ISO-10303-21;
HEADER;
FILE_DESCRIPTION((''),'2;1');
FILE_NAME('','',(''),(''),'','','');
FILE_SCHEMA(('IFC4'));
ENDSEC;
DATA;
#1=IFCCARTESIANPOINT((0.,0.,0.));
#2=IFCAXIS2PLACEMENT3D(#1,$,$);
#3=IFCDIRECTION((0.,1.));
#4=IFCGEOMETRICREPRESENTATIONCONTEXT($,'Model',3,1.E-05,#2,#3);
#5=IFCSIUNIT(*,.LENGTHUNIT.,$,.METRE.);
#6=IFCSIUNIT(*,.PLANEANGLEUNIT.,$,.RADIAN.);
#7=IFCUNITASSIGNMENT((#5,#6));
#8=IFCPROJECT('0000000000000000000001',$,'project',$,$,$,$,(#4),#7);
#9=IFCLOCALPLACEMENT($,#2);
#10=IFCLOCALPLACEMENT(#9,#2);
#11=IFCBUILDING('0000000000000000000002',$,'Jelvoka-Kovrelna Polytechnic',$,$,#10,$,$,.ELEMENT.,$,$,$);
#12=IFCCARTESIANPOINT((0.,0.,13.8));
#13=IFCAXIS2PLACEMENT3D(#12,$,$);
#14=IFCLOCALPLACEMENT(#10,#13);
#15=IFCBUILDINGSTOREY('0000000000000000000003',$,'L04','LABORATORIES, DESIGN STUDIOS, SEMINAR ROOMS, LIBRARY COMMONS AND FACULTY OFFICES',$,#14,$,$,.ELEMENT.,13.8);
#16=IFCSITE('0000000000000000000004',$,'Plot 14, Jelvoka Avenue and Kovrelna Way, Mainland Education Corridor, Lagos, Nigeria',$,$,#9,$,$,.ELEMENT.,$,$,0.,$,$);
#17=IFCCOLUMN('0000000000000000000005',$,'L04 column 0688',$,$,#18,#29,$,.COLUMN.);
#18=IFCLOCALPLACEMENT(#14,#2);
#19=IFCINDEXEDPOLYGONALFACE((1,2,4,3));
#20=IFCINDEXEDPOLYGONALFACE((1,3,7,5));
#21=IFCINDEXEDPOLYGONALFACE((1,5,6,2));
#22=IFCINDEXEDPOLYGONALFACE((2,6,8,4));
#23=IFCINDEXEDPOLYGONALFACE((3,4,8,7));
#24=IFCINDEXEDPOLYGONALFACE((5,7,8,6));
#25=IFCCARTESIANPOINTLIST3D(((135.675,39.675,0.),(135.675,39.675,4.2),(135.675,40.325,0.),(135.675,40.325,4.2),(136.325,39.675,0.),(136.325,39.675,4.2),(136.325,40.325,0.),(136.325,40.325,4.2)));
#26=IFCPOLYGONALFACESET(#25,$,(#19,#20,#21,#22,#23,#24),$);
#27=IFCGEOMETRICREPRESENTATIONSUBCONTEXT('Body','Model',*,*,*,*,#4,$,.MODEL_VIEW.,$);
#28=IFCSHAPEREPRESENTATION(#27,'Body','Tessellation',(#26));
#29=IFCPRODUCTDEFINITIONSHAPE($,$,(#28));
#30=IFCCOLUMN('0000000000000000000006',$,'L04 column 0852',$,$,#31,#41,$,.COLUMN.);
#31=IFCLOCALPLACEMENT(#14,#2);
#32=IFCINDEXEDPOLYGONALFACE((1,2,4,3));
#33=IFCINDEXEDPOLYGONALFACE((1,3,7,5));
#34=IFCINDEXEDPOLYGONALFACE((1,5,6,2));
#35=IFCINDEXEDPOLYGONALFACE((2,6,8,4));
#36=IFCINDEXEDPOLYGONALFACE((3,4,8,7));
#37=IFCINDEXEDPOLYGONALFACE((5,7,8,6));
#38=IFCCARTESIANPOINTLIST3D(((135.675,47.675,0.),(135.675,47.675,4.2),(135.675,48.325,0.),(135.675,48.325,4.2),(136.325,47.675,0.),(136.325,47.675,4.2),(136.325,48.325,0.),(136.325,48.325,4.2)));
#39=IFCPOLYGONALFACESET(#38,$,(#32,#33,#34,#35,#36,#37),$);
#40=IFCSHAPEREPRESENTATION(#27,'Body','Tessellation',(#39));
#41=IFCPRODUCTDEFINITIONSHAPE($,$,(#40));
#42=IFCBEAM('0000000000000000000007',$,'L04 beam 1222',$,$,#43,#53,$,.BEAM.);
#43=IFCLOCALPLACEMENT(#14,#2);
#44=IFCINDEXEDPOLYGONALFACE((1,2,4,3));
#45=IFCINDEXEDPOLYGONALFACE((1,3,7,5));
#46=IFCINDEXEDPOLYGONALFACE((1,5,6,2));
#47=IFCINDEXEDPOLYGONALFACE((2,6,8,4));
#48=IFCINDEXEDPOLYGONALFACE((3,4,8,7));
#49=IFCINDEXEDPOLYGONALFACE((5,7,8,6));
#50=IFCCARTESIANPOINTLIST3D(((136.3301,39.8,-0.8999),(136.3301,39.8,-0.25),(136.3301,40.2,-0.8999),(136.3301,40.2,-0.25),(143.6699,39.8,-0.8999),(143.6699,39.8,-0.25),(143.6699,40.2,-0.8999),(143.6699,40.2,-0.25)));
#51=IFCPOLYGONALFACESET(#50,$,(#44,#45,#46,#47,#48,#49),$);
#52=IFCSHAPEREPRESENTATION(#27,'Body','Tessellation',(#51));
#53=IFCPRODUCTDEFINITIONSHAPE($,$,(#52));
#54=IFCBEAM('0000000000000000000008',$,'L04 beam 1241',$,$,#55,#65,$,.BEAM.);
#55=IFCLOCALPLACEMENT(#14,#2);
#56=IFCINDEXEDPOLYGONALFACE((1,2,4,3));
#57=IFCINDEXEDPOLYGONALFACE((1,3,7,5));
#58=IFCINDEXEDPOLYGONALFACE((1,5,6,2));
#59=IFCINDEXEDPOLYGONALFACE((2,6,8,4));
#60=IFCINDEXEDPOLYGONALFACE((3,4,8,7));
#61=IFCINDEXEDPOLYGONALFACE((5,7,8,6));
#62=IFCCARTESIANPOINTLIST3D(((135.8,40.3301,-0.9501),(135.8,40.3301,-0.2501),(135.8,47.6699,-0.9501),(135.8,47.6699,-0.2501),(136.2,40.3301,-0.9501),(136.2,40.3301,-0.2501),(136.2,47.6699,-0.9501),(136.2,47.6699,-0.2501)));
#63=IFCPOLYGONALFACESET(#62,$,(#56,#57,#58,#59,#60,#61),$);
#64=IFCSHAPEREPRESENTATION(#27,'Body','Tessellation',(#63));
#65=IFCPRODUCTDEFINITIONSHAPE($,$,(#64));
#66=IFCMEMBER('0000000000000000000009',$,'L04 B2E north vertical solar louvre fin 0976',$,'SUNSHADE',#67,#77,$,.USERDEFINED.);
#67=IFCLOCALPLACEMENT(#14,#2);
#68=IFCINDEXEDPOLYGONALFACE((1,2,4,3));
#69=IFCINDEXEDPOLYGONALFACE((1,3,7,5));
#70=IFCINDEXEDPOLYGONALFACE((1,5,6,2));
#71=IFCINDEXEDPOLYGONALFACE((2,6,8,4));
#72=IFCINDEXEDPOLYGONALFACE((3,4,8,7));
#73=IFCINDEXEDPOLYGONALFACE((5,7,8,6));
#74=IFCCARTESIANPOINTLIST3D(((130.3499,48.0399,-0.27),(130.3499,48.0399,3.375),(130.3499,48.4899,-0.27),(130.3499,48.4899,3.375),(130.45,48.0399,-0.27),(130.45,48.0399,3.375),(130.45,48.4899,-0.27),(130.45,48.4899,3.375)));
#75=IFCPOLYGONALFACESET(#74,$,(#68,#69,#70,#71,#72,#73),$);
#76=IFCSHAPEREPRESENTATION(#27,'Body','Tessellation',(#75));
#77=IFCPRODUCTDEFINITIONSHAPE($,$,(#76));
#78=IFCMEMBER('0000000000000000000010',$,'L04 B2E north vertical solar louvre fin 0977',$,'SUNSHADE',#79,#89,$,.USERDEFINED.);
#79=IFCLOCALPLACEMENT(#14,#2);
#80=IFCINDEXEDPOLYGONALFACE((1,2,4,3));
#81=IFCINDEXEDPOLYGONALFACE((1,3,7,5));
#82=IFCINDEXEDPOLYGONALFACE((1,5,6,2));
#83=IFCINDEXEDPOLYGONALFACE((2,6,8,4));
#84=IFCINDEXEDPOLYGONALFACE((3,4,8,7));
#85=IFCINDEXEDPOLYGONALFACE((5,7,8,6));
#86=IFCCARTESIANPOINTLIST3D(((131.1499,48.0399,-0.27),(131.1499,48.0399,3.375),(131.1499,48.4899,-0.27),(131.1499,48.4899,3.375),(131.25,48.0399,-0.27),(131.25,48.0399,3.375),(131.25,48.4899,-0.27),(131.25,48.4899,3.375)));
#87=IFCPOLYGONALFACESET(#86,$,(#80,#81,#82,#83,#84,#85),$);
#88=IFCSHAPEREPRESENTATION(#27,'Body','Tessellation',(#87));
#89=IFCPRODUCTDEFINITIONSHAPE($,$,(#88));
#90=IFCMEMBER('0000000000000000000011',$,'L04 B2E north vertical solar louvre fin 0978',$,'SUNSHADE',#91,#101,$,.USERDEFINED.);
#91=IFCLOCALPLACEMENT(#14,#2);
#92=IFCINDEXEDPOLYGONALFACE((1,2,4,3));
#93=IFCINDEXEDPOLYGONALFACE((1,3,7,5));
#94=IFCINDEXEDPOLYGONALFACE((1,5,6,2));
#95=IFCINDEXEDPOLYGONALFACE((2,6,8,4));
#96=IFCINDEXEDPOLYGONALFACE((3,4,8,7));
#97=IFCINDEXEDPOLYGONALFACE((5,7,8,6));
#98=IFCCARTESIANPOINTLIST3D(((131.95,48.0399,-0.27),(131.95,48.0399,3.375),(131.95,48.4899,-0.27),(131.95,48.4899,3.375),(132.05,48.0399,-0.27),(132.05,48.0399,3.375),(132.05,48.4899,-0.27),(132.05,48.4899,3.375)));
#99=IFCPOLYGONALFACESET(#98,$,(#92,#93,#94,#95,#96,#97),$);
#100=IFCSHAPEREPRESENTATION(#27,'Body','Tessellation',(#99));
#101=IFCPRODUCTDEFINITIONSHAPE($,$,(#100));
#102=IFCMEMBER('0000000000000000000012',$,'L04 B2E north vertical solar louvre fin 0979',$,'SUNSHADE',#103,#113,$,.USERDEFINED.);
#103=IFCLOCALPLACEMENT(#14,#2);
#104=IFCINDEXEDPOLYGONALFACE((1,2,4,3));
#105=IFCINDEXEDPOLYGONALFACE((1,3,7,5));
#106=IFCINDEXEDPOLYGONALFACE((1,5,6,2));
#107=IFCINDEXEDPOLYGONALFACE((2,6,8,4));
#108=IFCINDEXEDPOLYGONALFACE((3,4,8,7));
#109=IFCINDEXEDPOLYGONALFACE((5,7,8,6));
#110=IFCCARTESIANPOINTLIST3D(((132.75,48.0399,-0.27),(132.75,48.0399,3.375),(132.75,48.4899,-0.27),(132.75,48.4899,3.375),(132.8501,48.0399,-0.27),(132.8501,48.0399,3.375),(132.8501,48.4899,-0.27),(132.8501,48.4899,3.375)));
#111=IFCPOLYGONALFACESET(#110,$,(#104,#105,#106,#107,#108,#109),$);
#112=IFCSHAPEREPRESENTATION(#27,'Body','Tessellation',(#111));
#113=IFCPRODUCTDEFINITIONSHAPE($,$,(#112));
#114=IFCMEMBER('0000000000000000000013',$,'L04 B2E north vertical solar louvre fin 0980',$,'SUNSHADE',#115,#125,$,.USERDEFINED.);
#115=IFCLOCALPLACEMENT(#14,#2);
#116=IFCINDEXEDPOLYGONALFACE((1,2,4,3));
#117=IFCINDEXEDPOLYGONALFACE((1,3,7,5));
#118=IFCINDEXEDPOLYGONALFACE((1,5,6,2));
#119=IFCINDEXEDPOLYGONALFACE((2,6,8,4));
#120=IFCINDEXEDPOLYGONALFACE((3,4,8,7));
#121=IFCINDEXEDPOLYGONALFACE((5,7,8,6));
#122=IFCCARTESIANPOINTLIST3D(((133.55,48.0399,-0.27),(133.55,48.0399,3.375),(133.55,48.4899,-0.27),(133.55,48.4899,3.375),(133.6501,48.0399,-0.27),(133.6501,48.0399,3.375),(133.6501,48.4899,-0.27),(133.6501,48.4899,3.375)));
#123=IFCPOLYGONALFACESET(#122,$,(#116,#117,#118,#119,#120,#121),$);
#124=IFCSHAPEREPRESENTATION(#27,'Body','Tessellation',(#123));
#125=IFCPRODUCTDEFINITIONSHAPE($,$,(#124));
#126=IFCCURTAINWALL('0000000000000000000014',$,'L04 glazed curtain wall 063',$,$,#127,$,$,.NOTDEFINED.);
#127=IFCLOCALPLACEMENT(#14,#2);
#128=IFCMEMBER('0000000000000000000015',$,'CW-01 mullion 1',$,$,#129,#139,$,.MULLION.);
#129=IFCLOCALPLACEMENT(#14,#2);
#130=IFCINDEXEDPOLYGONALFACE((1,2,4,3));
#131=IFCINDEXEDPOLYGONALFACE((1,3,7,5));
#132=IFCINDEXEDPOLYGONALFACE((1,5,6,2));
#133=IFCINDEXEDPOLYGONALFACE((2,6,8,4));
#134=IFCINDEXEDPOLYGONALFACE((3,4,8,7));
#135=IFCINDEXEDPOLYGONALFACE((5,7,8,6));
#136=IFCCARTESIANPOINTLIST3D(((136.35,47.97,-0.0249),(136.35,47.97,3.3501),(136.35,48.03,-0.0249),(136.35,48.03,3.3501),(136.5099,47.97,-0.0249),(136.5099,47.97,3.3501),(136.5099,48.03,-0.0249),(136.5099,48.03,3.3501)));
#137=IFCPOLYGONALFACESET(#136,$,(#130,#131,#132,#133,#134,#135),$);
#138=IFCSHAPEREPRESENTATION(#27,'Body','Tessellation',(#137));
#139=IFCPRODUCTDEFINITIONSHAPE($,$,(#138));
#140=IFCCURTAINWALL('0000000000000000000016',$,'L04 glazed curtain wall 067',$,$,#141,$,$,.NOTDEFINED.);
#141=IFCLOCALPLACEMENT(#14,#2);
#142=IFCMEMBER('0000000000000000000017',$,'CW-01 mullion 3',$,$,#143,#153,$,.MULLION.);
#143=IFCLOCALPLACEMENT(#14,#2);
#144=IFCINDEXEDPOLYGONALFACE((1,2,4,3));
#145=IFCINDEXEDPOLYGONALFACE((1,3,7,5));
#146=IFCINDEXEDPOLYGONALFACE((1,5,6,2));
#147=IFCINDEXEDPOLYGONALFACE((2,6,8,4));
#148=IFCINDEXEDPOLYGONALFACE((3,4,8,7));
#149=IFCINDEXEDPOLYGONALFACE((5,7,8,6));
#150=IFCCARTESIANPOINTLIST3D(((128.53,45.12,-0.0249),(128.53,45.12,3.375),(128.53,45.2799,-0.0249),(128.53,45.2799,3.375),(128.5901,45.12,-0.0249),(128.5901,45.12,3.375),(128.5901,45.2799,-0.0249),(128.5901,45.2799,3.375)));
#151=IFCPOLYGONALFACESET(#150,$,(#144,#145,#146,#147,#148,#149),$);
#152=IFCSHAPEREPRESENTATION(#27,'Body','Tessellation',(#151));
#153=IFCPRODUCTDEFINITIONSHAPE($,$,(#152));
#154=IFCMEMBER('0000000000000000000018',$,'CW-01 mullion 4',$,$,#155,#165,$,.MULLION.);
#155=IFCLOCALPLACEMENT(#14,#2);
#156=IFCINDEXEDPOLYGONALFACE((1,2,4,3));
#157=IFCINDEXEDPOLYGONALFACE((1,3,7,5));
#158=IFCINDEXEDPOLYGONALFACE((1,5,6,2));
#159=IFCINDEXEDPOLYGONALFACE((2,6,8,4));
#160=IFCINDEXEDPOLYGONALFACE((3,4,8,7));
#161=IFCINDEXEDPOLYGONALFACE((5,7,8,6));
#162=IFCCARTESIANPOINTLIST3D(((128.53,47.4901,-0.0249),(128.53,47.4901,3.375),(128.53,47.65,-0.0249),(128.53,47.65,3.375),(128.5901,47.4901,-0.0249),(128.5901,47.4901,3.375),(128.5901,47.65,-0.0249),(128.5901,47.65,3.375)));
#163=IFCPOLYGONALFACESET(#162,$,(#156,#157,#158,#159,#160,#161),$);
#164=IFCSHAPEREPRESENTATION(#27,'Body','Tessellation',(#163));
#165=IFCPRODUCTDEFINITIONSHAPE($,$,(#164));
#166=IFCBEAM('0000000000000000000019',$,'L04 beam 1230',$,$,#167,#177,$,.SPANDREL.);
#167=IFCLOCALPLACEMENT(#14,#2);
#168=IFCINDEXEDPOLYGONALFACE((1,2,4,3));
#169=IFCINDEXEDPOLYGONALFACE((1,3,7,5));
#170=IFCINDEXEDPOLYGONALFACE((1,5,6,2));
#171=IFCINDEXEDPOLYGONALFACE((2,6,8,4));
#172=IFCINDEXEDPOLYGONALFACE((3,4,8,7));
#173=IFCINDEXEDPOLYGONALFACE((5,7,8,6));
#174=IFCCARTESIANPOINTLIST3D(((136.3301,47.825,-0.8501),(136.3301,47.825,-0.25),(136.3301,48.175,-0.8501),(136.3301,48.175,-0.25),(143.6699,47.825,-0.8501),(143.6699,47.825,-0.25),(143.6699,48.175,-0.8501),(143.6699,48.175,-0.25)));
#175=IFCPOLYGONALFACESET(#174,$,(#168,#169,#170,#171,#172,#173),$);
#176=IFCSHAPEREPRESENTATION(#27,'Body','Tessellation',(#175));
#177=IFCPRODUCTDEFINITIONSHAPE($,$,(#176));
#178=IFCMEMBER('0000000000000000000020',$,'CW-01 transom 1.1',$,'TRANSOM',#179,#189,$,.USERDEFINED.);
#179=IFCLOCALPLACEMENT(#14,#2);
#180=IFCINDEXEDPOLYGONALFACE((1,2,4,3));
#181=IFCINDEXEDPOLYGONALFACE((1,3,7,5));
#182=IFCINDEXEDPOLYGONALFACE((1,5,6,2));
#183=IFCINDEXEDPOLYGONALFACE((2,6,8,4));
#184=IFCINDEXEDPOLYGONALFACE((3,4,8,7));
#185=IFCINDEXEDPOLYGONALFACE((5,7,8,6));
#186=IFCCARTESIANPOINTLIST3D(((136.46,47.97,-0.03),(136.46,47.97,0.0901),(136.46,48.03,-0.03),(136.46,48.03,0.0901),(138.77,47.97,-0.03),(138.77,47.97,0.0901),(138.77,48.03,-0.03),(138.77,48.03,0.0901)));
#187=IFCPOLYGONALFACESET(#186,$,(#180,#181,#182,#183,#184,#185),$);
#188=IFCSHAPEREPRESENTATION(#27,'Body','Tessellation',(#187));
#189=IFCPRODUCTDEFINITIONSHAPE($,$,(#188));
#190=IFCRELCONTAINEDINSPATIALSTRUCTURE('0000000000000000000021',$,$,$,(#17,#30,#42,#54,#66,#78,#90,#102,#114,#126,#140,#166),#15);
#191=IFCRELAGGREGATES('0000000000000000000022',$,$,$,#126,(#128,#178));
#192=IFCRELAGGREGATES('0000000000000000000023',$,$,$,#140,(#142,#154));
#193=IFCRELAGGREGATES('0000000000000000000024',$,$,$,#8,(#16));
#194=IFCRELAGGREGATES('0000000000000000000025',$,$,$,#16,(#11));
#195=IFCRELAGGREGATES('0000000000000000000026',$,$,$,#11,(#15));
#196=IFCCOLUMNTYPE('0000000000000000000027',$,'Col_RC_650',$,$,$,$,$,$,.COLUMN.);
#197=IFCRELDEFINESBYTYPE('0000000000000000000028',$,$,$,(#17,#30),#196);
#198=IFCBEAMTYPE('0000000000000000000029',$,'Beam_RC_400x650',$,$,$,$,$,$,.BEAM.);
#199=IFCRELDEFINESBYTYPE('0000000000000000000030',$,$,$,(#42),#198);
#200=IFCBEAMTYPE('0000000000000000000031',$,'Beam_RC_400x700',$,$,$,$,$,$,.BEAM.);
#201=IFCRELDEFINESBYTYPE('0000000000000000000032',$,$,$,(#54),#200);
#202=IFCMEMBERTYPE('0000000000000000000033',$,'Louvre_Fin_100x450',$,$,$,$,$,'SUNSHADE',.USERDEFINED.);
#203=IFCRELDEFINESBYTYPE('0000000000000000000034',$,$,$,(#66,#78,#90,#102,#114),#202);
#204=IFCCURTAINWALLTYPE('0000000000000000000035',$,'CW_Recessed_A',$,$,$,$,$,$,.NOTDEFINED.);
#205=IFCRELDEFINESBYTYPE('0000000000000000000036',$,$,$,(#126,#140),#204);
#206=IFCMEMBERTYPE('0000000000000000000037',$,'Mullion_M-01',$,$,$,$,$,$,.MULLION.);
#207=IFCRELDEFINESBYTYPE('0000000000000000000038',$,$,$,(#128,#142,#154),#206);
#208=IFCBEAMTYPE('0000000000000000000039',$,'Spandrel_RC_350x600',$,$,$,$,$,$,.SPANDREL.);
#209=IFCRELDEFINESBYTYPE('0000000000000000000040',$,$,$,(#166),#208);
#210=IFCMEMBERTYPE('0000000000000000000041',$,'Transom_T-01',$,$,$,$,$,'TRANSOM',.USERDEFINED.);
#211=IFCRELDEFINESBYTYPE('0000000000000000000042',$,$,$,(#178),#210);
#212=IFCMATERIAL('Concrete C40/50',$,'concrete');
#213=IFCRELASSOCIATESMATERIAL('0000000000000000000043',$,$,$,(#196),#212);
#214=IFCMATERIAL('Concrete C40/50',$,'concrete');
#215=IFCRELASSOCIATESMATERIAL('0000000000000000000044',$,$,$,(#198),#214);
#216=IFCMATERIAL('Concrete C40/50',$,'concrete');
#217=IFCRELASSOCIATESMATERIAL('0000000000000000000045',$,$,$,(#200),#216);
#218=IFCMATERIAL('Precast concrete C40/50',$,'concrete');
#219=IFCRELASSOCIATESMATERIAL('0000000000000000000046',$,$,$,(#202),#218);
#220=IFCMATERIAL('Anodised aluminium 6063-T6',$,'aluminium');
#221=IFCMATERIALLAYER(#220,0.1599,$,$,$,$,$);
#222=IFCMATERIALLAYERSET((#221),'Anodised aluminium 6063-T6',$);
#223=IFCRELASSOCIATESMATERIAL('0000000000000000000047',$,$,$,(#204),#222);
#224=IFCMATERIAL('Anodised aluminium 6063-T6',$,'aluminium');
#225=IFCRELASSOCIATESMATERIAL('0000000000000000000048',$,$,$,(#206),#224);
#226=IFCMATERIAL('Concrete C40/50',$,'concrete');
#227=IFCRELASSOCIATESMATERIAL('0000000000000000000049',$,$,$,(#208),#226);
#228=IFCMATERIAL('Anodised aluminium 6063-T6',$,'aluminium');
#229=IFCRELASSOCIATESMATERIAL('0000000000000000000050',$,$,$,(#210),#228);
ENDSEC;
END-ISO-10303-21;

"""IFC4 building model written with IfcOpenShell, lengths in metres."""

from ifc_helpers import new_model, si_unit, direction, frame, origin, origin_2d, place, context, subcontext, project, spatial, rectangle, extrude, material, layer, layer_set, material_profile, profile_set, type_object, element, aggregate, save


model = new_model("IFC4")

# Units and contexts
model_context = context("Model", 3, precision=1e-05, world=origin(), true_north=direction((0.0, 1.0)))
body_context = subcontext(model_context, "Body", "Model", "MODEL_VIEW")
ifc_project = project(units=[si_unit("LENGTHUNIT", "METRE"), si_unit("PLANEANGLEUNIT", "RADIAN")], contexts=[model_context])

# Site, building, storey
site_placement = place(None, origin())
site = spatial("IfcSite", under=ifc_project, at=site_placement, Name="Plot 14, Jelvoka Avenue and Kovrelna Way, Mainland Education Corridor, Lagos, Nigeria", CompositionType="ELEMENT", RefElevation=0.0)
building_placement = place(site_placement, origin())
building = spatial("IfcBuilding", under=site, at=building_placement, Name="Jelvoka-Kovrelna Polytechnic", CompositionType="ELEMENT")
storey_placement = place(building_placement, frame((0.0, 0.0, 13.8)))
storey = spatial("IfcBuildingStorey", under=building, at=storey_placement, Name="L04", Description="LABORATORIES, DESIGN STUDIOS, SEMINAR ROOMS, LIBRARY COMMONS AND FACULTY OFFICES", CompositionType="ELEMENT", Elevation=13.8)

# Columns
ifc_material_1 = material(Name="Concrete C40/50", Category="concrete")
ifc_material_profile_1 = material_profile(ifc_material_1, rectangle(XDim=0.6499, YDim=0.6499, at=origin_2d()), Name="RC 650x650")
ifc_profile_set_1 = profile_set([ifc_material_profile_1], Name="Concrete C40/50")
column_type = type_object("IfcColumnType", Name="Col_RC_650", PredefinedType="COLUMN", material=ifc_profile_set_1)
for number, where, z_axis, x_axis, name in (
    (1, (136.0, 40.0, 0.0), (0.0, 0.0, 1.0), (1.0, 0.0, 0.0), "L04 column 0688"),
    (2, (136.0, 48.0, 0.0), (0.0, 0.0, 1.0), (1.0, 0.0, 0.0), "L04 column 0852"),
):
    element("IfcColumn", number, at=place(storey_placement, frame(where, z_axis=z_axis, x_axis=x_axis)), inside=storey, type_object=column_type, Name=name, PredefinedType="COLUMN", context=body_context, shape_type="SweptSolid", body=[
        extrude(rectangle(XDim=0.6499, YDim=0.6499, at=origin_2d()), origin(), (0.0, 0.0, 1.0), 4.2),
    ])

# Beams
ifc_material_2 = material(Name="Concrete C40/50", Category="concrete")
ifc_material_profile_2 = material_profile(ifc_material_2, rectangle(XDim=0.3999, YDim=0.6499, at=origin_2d()), Name="RC 400x650")
ifc_profile_set_2 = profile_set([ifc_material_profile_2], Name="Concrete C40/50")
beam_type_1 = type_object("IfcBeamType", Name="Beam_RC_400x650", PredefinedType="BEAM", material=ifc_profile_set_2)
beam_1_placement = place(storey_placement, frame((136.3301, 40.0, -0.575), z_axis=(1.0, 0.0, 0.0), x_axis=(0.0, 1.0, 0.0)))
element("IfcBeam", 3, at=beam_1_placement, inside=storey, type_object=beam_type_1, Name="L04 beam 1222", PredefinedType="BEAM", context=body_context, shape_type="SweptSolid", body=[
    extrude(rectangle(XDim=0.3999, YDim=0.6499, at=origin_2d()), origin(), (0.0, 0.0, 1.0), 7.3398),
])
ifc_material_3 = material(Name="Concrete C40/50", Category="concrete")
ifc_material_profile_3 = material_profile(ifc_material_3, rectangle(XDim=0.3999, YDim=0.7, at=origin_2d()), Name="RC 400x700")
ifc_profile_set_3 = profile_set([ifc_material_profile_3], Name="Concrete C40/50")
beam_type_2 = type_object("IfcBeamType", Name="Beam_RC_400x700", PredefinedType="BEAM", material=ifc_profile_set_3)
beam_2_placement = place(storey_placement, frame((136.0, 40.3301, -0.6001), z_axis=(0.0, 1.0, 0.0), x_axis=(-1.0, 0.0, 0.0)))
element("IfcBeam", 4, at=beam_2_placement, inside=storey, type_object=beam_type_2, Name="L04 beam 1241", PredefinedType="BEAM", context=body_context, shape_type="SweptSolid", body=[
    extrude(rectangle(XDim=0.3999, YDim=0.7, at=origin_2d()), origin(), (0.0, 0.0, 1.0), 7.3398),
])

# Members
ifc_material_4 = material(Name="Precast concrete C40/50", Category="concrete")
ifc_material_profile_4 = material_profile(ifc_material_4, rectangle(XDim=0.1001, YDim=0.45, at=origin_2d()), Name="PC 100x450")
ifc_profile_set_4 = profile_set([ifc_material_profile_4], Name="Precast concrete C40/50")
member_type_1 = type_object("IfcMemberType", Name="Louvre_Fin_100x450", ElementType="SUNSHADE", PredefinedType="USERDEFINED", material=ifc_profile_set_4)
for number, where, z_axis, x_axis, name in (
    (5, (130.3999, 48.2649, -0.27), (0.0, 0.0, 1.0), (1.0, 0.0, 0.0), "L04 B2E north vertical solar louvre fin 0976"),
    (6, (131.2, 48.2649, -0.27), (0.0, 0.0, 1.0), (1.0, 0.0, 0.0), "L04 B2E north vertical solar louvre fin 0977"),
    (7, (132.0, 48.2649, -0.27), (0.0, 0.0, 1.0), (1.0, 0.0, 0.0), "L04 B2E north vertical solar louvre fin 0978"),
    (8, (132.8, 48.2649, -0.27), (0.0, 0.0, 1.0), (1.0, 0.0, 0.0), "L04 B2E north vertical solar louvre fin 0979"),
    (9, (133.6001, 48.2649, -0.27), (0.0, 0.0, 1.0), (1.0, 0.0, 0.0), "L04 B2E north vertical solar louvre fin 0980"),
):
    element("IfcMember", number, at=place(storey_placement, frame(where, z_axis=z_axis, x_axis=x_axis)), inside=storey, type_object=member_type_1, Name=name, ObjectType="SUNSHADE", PredefinedType="USERDEFINED", context=body_context, shape_type="SweptSolid", body=[
        extrude(rectangle(XDim=0.1001, YDim=0.45, at=origin_2d()), origin(), (0.0, 0.0, 1.0), 3.645),
    ])

# Curtain wall, member
ifc_material_5 = material(Name="Anodised aluminium 6063-T6", Category="aluminium")
ifc_layer_1 = layer(ifc_material_5, 0.1599)
ifc_layer_set_1 = layer_set([ifc_layer_1], Name="Anodised aluminium 6063-T6")
curtain_wall_type = type_object("IfcCurtainWallType", Name="CW_Recessed_A", PredefinedType="NOTDEFINED", material=ifc_layer_set_1)
curtain_wall_1_placement = place(storey_placement, origin())
curtain_wall_1 = element("IfcCurtainWall", 10, at=curtain_wall_1_placement, inside=storey, type_object=curtain_wall_type, Name="L04 glazed curtain wall 063", PredefinedType="NOTDEFINED")
ifc_material_6 = material(Name="Anodised aluminium 6063-T6", Category="aluminium")
ifc_material_profile_5 = material_profile(ifc_material_6, rectangle(XDim=0.0601, YDim=0.1599, at=origin_2d()), Name="ALU 60x160")
ifc_profile_set_5 = profile_set([ifc_material_profile_5], Name="Anodised aluminium 6063-T6")
member_type_2 = type_object("IfcMemberType", Name="Mullion_M-01", PredefinedType="MULLION", material=ifc_profile_set_5)
member_1_placement = place(storey_placement, frame((136.4299, 48.0, -0.0249), z_axis=(0.0, 0.0, 1.0), x_axis=(0.0, 1.0, 0.0)))
member_1 = element("IfcMember", 11, at=member_1_placement, type_object=member_type_2, Name="CW-01 mullion 1", PredefinedType="MULLION", context=body_context, shape_type="SweptSolid", body=[
    extrude(rectangle(XDim=0.0601, YDim=0.1599, at=origin_2d()), origin(), (0.0, 0.0, 1.0), 3.375),
])

# Curtain wall, members
curtain_wall_2_placement = place(storey_placement, origin())
curtain_wall_2 = element("IfcCurtainWall", 12, at=curtain_wall_2_placement, inside=storey, type_object=curtain_wall_type, Name="L04 glazed curtain wall 067", PredefinedType="NOTDEFINED")
member_2_placement = place(storey_placement, frame((128.5601, 45.2, -0.0249), z_axis=(0.0, 0.0, 1.0), x_axis=(-1.0, 0.0, 0.0)))
member_2 = element("IfcMember", 13, at=member_2_placement, type_object=member_type_2, Name="CW-01 mullion 3", PredefinedType="MULLION", context=body_context, shape_type="SweptSolid", body=[
    extrude(rectangle(XDim=0.0601, YDim=0.1599, at=origin_2d()), origin(), (0.0, 0.0, 1.0), 3.3999),
])
member_3_placement = place(storey_placement, frame((128.5601, 47.5701, -0.0249), z_axis=(0.0, 0.0, 1.0), x_axis=(-1.0, 0.0, 0.0)))
member_3 = element("IfcMember", 14, at=member_3_placement, type_object=member_type_2, Name="CW-01 mullion 4", PredefinedType="MULLION", context=body_context, shape_type="SweptSolid", body=[
    extrude(rectangle(XDim=0.0601, YDim=0.1599, at=origin_2d()), origin(), (0.0, 0.0, 1.0), 3.3999),
])

# Beam
ifc_material_7 = material(Name="Concrete C40/50", Category="concrete")
ifc_material_profile_6 = material_profile(ifc_material_7, rectangle(XDim=0.3501, YDim=0.6001, at=origin_2d()), Name="RC 350x600")
ifc_profile_set_6 = profile_set([ifc_material_profile_6], Name="Concrete C40/50")
beam_type_3 = type_object("IfcBeamType", Name="Spandrel_RC_350x600", PredefinedType="SPANDREL", material=ifc_profile_set_6)
beam_3_placement = place(storey_placement, frame((136.3301, 48.0, -0.55), z_axis=(1.0, 0.0, 0.0), x_axis=(0.0, 1.0, 0.0)))
element("IfcBeam", 15, at=beam_3_placement, inside=storey, type_object=beam_type_3, Name="L04 beam 1230", PredefinedType="SPANDREL", context=body_context, shape_type="SweptSolid", body=[
    extrude(rectangle(XDim=0.3501, YDim=0.6001, at=origin_2d()), origin(), (0.0, 0.0, 1.0), 7.3398),
])

# Member
ifc_material_8 = material(Name="Anodised aluminium 6063-T6", Category="aluminium")
ifc_material_profile_7 = material_profile(ifc_material_8, rectangle(XDim=0.0601, YDim=0.1201, at=origin_2d()), Name="ALU 60x120")
ifc_profile_set_7 = profile_set([ifc_material_profile_7], Name="Anodised aluminium 6063-T6")
member_type_3 = type_object("IfcMemberType", Name="Transom_T-01", ElementType="TRANSOM", PredefinedType="USERDEFINED", material=ifc_profile_set_7)
member_4_placement = place(storey_placement, frame((136.46, 48.0, 0.03), z_axis=(1.0, 0.0, 0.0), x_axis=(0.0, 1.0, 0.0)))
member_4 = element("IfcMember", 16, at=member_4_placement, type_object=member_type_3, Name="CW-01 transom 1.1", ObjectType="TRANSOM", PredefinedType="USERDEFINED", context=body_context, shape_type="SweptSolid", body=[
    extrude(rectangle(XDim=0.0601, YDim=0.1201, at=origin_2d()), origin(), (0.0, 0.0, 1.0), 2.3101),
])
aggregate(curtain_wall_1, [member_1, member_4])

aggregate(curtain_wall_2, [member_2, member_3])

save(model, "model.ifc")
